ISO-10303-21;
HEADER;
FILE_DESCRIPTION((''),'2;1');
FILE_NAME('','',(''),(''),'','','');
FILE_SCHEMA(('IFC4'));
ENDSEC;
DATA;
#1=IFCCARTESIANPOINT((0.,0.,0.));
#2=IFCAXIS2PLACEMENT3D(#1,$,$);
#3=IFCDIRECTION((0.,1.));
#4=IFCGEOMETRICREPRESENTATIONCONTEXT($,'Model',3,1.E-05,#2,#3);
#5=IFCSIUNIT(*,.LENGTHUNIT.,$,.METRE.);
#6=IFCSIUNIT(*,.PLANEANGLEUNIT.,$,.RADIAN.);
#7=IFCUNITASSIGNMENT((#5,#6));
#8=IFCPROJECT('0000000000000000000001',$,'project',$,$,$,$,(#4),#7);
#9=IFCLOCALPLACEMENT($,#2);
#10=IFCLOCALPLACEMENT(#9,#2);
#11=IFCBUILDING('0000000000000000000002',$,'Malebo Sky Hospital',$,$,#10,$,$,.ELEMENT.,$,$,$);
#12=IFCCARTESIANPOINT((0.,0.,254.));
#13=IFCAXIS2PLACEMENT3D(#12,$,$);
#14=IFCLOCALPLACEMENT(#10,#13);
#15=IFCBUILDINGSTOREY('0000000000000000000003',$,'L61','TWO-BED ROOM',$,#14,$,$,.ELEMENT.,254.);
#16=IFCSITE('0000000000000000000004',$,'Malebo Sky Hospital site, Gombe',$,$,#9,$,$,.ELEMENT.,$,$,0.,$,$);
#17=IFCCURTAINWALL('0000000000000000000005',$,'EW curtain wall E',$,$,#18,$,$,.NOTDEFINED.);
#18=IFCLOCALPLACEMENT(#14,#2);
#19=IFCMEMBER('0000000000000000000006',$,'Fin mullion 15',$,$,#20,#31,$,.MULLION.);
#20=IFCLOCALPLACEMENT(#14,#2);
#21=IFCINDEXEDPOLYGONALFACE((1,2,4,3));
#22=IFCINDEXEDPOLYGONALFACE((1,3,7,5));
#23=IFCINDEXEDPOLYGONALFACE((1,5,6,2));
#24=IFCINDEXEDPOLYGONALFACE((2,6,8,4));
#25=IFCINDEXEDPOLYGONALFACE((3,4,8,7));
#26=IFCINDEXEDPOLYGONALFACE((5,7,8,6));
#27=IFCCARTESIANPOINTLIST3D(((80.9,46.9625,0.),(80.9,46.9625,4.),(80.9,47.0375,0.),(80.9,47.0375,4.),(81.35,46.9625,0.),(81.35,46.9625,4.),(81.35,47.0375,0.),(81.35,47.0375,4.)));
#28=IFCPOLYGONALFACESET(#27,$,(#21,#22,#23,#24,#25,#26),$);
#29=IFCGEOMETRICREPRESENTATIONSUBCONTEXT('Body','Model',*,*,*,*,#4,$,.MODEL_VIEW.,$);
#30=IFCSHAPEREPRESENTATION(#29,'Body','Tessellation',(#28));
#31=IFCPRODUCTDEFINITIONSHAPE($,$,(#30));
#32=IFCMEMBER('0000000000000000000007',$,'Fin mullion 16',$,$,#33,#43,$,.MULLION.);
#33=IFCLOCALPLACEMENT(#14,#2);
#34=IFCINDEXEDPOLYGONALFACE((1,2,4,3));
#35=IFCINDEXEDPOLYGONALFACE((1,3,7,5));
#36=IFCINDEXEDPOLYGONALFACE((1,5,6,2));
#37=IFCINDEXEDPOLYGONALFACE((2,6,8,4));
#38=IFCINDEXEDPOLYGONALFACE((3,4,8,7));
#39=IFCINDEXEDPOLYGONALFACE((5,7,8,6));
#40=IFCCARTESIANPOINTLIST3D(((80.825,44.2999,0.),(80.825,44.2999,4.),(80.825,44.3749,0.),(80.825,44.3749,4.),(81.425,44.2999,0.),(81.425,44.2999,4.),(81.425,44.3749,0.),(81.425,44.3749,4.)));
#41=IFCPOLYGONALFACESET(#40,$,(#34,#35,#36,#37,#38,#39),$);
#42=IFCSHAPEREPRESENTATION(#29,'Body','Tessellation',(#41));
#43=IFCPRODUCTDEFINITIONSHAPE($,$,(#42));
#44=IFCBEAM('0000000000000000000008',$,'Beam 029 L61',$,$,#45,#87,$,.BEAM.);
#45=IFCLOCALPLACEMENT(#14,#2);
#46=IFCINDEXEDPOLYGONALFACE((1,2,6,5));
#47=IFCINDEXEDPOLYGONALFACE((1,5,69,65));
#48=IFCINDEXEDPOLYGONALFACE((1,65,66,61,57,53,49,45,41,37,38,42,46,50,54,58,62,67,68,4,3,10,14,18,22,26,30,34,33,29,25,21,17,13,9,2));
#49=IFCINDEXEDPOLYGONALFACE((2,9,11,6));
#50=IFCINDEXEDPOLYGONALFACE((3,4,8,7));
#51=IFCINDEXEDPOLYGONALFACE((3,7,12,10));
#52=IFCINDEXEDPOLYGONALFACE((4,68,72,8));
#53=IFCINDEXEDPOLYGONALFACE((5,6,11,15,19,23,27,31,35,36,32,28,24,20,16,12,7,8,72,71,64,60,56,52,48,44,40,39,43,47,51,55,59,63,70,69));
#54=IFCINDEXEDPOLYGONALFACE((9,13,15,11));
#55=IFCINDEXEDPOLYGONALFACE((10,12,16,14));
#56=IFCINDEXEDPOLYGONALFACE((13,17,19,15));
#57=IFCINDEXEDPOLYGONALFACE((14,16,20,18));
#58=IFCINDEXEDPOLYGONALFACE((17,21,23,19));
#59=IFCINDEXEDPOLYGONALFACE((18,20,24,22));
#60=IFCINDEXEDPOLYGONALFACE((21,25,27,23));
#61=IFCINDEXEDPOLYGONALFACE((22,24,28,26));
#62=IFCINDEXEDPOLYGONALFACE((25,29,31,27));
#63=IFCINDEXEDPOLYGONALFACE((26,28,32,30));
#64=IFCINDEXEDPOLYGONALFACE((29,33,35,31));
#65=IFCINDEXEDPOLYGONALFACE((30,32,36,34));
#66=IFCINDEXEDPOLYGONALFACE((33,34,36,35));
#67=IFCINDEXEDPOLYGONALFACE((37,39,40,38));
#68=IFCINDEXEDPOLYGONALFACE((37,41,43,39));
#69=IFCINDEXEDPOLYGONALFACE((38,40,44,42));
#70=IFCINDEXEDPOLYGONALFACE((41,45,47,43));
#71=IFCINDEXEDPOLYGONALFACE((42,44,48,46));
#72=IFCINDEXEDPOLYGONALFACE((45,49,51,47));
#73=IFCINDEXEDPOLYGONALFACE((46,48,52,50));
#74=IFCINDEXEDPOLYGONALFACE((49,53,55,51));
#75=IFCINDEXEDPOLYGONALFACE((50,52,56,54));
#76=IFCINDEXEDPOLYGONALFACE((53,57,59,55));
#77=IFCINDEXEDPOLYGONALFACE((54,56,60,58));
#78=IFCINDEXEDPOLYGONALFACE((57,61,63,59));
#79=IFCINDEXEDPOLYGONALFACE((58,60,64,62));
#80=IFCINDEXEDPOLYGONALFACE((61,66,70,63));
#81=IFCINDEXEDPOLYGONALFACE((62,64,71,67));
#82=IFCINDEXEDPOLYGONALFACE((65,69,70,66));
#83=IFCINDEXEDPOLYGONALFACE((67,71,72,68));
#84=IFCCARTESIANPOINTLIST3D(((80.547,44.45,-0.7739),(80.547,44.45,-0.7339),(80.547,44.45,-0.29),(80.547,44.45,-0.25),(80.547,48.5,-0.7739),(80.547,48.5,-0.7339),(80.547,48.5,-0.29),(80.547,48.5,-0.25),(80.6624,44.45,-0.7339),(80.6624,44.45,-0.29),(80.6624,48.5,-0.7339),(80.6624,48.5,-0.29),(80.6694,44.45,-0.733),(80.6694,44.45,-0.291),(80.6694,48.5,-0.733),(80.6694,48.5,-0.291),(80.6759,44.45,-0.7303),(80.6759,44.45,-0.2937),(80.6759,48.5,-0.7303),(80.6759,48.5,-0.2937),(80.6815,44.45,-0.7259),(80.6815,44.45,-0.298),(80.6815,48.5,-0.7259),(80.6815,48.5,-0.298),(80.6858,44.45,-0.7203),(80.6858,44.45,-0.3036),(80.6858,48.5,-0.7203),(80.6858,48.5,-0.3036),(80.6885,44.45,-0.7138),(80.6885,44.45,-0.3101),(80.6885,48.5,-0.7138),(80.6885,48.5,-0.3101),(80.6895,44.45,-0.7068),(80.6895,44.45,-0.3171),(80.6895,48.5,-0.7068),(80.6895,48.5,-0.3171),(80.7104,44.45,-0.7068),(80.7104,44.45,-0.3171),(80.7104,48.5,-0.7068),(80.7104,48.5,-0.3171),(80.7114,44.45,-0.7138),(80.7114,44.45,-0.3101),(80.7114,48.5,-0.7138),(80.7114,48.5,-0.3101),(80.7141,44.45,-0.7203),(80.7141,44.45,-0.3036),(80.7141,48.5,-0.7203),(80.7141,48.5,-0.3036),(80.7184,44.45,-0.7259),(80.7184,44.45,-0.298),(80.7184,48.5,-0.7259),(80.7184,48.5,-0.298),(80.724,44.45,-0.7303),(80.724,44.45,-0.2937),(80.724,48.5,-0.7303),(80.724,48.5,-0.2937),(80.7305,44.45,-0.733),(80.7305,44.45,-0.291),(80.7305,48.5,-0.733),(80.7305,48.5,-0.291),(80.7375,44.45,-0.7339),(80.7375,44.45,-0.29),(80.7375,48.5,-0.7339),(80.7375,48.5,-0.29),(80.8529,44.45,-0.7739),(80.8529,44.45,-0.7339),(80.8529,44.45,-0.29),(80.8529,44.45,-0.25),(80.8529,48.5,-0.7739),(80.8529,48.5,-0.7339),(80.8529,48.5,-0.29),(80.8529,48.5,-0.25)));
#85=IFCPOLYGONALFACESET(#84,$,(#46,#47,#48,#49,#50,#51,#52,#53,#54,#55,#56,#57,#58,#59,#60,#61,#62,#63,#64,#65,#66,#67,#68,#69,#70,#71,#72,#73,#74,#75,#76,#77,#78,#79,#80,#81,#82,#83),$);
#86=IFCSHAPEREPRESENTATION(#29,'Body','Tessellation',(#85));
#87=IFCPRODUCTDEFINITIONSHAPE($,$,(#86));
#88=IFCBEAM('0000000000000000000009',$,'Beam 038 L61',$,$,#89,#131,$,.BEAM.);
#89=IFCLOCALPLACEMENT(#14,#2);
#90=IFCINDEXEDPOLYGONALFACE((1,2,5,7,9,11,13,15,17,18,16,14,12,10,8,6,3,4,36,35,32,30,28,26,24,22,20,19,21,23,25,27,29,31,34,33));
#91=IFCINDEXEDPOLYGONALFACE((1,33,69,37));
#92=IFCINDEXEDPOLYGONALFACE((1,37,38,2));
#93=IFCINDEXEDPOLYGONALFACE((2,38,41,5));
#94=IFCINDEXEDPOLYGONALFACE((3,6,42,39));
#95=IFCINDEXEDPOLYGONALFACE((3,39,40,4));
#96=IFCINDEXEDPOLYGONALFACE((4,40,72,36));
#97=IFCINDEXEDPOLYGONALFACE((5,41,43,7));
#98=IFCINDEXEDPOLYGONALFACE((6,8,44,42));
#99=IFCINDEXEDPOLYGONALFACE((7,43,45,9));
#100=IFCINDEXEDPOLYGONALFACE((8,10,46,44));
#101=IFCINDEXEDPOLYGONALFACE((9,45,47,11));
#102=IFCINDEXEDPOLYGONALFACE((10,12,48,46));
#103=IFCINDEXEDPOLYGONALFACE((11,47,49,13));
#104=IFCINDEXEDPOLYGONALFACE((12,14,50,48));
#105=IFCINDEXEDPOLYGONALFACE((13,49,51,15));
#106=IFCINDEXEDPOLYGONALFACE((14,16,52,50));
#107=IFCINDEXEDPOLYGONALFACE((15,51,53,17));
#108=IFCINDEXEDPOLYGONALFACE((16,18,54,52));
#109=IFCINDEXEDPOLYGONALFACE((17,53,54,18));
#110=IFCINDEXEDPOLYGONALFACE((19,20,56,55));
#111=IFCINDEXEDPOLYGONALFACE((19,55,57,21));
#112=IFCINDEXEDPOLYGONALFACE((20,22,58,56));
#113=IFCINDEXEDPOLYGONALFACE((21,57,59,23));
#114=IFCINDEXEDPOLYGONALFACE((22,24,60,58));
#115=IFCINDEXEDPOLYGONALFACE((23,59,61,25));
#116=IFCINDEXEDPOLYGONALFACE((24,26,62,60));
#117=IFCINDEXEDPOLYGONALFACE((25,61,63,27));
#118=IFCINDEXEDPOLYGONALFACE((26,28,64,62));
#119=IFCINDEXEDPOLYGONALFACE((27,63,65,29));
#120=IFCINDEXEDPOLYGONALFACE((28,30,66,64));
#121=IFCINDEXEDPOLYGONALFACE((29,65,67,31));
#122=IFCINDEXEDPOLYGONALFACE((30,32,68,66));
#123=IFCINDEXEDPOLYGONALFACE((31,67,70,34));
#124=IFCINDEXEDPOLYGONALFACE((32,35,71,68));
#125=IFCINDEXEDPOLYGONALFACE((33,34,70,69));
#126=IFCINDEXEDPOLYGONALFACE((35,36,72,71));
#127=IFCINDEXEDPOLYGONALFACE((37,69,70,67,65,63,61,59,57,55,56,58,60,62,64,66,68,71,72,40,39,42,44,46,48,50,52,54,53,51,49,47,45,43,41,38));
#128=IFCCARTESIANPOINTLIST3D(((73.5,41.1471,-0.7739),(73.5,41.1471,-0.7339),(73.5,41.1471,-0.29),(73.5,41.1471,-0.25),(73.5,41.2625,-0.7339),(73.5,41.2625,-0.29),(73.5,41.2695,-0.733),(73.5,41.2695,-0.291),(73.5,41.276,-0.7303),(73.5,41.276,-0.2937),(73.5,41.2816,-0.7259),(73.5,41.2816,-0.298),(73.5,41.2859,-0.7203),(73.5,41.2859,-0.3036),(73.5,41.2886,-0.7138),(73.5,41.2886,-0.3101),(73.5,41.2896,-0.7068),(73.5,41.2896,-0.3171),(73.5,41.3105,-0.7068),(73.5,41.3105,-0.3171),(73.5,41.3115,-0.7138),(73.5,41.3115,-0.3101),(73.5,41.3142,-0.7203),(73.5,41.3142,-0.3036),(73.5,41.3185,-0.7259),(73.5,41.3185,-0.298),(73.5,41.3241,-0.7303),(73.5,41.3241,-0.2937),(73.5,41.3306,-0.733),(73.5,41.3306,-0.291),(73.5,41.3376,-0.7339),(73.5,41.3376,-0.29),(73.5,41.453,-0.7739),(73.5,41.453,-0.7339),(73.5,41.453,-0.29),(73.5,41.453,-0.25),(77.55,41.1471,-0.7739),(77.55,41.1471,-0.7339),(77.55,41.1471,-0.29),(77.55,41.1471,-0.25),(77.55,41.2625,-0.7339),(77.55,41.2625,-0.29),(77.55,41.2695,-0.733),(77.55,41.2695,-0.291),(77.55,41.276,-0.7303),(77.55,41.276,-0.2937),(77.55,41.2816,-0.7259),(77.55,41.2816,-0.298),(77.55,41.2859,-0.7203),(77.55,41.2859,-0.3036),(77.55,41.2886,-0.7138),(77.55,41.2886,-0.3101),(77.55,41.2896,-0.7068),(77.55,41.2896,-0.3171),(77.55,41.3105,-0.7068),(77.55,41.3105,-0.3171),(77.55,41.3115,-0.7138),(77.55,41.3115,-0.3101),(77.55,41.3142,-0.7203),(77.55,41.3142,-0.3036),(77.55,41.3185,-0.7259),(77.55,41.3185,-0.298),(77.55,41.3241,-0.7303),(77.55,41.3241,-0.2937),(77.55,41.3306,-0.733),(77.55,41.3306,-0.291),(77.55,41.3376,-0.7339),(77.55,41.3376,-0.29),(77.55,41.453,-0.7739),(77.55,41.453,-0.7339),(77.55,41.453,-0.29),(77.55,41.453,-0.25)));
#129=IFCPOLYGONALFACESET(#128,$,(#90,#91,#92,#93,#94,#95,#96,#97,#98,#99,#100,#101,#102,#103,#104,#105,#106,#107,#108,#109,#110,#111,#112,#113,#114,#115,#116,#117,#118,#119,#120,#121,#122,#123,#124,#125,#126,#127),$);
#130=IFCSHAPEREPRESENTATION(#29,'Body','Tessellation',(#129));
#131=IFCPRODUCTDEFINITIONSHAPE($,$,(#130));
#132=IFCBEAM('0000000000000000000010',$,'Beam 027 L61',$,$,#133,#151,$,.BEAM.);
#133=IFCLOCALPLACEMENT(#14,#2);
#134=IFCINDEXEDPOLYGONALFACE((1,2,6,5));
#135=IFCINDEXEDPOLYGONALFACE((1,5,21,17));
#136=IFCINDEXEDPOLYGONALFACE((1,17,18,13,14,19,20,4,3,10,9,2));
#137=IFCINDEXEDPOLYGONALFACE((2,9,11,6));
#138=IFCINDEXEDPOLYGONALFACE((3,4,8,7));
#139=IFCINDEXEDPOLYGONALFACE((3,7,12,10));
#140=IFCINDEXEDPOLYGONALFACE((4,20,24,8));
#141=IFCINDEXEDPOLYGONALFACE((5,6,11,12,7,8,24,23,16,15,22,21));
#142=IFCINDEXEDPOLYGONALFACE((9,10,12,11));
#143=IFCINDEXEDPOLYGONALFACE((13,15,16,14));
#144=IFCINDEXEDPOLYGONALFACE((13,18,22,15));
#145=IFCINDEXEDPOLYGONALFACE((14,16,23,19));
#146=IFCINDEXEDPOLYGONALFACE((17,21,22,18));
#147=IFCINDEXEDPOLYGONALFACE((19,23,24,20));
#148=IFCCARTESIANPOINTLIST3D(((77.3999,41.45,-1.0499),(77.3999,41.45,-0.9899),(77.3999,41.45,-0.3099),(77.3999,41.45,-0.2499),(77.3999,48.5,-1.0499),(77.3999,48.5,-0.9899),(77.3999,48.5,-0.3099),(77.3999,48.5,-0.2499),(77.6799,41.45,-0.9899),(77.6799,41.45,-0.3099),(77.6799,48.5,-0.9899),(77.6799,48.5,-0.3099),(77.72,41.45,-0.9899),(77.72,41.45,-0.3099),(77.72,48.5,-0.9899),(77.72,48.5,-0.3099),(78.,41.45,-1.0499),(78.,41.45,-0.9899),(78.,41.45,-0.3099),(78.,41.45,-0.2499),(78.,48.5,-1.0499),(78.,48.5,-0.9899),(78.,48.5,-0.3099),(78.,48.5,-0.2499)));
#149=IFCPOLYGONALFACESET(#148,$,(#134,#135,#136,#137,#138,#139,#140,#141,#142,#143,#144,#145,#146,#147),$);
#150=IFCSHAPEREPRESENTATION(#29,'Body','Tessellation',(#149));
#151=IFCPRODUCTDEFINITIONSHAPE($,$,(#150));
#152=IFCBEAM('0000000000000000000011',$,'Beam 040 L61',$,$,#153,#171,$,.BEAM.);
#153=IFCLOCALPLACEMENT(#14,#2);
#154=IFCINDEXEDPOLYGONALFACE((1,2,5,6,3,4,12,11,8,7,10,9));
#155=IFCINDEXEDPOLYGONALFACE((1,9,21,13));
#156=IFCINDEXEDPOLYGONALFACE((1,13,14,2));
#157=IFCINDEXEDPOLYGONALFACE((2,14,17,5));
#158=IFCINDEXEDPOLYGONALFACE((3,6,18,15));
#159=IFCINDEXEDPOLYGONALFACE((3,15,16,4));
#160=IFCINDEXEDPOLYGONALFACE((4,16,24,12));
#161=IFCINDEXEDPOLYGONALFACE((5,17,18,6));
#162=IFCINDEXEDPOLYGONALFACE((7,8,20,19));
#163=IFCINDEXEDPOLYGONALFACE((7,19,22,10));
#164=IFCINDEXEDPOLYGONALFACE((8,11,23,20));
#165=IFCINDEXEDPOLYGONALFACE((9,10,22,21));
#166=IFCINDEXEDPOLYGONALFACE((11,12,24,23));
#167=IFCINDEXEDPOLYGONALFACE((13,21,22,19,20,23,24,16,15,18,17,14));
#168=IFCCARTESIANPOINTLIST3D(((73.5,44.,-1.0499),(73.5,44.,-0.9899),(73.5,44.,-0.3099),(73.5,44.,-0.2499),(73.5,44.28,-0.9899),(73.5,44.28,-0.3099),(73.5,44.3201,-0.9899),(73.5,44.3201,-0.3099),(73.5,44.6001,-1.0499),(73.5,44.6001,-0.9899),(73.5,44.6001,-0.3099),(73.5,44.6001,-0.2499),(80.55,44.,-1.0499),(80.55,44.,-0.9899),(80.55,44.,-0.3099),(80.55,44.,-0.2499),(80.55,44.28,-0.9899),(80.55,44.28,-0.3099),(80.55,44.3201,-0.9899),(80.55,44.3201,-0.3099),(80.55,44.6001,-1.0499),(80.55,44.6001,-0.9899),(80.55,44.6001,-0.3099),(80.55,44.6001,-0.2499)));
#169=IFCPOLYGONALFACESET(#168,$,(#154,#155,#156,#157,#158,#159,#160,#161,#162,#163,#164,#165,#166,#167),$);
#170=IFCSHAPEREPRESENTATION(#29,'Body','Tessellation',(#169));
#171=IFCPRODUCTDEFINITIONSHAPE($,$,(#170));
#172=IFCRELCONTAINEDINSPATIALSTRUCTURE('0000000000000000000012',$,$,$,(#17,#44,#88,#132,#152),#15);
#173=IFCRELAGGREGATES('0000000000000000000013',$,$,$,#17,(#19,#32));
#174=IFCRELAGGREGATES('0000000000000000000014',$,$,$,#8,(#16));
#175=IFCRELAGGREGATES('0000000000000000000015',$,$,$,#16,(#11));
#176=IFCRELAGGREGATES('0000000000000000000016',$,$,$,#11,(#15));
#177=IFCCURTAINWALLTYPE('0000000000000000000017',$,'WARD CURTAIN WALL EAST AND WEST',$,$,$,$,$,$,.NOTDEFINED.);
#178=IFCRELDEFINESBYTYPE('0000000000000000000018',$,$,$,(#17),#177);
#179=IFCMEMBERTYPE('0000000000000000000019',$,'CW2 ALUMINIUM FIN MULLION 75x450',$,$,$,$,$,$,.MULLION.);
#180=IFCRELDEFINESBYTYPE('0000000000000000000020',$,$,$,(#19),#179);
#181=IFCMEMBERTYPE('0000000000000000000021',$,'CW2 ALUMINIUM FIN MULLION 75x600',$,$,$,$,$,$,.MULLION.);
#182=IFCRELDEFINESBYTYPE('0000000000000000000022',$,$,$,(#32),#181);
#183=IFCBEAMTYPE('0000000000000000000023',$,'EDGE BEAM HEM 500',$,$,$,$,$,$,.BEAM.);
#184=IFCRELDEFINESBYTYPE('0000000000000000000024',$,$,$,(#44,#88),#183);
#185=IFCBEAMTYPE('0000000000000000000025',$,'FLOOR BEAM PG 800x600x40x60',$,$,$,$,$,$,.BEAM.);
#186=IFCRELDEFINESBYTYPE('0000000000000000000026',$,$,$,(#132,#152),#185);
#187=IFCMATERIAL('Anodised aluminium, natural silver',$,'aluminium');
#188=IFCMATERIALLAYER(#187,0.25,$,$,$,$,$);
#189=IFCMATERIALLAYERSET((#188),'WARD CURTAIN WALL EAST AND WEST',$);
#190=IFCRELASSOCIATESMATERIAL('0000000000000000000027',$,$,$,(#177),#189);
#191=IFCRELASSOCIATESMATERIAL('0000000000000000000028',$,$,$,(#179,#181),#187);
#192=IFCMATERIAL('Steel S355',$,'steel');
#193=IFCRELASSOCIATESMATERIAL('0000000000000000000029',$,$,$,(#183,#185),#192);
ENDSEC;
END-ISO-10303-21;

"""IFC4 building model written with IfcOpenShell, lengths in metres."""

from ifc_helpers import new_model, si_unit, direction, frame, origin, origin_2d, place, context, subcontext, project, spatial, rectangle, i_section, extrude, material, layer, layer_set, material_profile, profile_set, type_object, element, aggregate, save


model = new_model("IFC4")

# Units and contexts
model_context = context("Model", 3, precision=1e-05, world=origin(), true_north=direction((0.0, 1.0)))
body_context = subcontext(model_context, "Body", "Model", "MODEL_VIEW")
ifc_project = project(units=[si_unit("LENGTHUNIT", "METRE"), si_unit("PLANEANGLEUNIT", "RADIAN")], contexts=[model_context])

# Site, building, storey
site_placement = place(None, origin())
site = spatial("IfcSite", under=ifc_project, at=site_placement, Name="Malebo Sky Hospital site, Gombe", CompositionType="ELEMENT", RefElevation=0.0)
building_placement = place(site_placement, origin())
building = spatial("IfcBuilding", under=site, at=building_placement, Name="Malebo Sky Hospital", CompositionType="ELEMENT")
storey_placement = place(building_placement, frame((0.0, 0.0, 254.0)))
storey = spatial("IfcBuildingStorey", under=building, at=storey_placement, Name="L61", Description="TWO-BED ROOM", CompositionType="ELEMENT", Elevation=254.0)

# Shared definitions
ifc_material_1 = material(Name="Anodised aluminium, natural silver", Category="aluminium")

# Curtain wall
ifc_layer_1 = layer(ifc_material_1, 0.25)
ifc_layer_set_1 = layer_set([ifc_layer_1], Name="WARD CURTAIN WALL EAST AND WEST")
curtain_wall_type_1 = type_object("IfcCurtainWallType", Name="WARD CURTAIN WALL EAST AND WEST", PredefinedType="NOTDEFINED", material=ifc_layer_set_1)
curtain_wall_1_placement = place(storey_placement, origin())
curtain_wall_1 = element("IfcCurtainWall", 1, at=curtain_wall_1_placement, inside=storey, type_object=curtain_wall_type_1, Name="EW curtain wall E", PredefinedType="NOTDEFINED")

# Shared definitions
ifc_material_2 = material(Name="Steel S355", Category="steel")

# Members
ifc_material_profile_1 = material_profile(ifc_material_1, rectangle(XDim=0.075, YDim=0.45, at=origin_2d()), Name="CW2 ALUMINIUM FIN MULLION 75x450")
ifc_profile_set_1 = profile_set([ifc_material_profile_1], Name="Anodised aluminium, natural silver")
member_type_1 = type_object("IfcMemberType", Name="CW2 ALUMINIUM FIN MULLION 75x450", PredefinedType="MULLION", material=ifc_profile_set_1)
member_1_placement = place(storey_placement, frame((81.125, 47.0, 0.0), z_axis=(0.0, 0.0, 1.0), x_axis=(0.0, -1.0, 0.0)))
member_1 = element("IfcMember", 2, at=member_1_placement, type_object=member_type_1, Name="Fin mullion 15", PredefinedType="MULLION", context=body_context, shape_type="SweptSolid", body=[
    extrude(rectangle(XDim=0.075, YDim=0.45, at=origin_2d()), origin(), (0.0, 0.0, 1.0), 4.0),
])
ifc_material_profile_2 = material_profile(ifc_material_1, rectangle(XDim=0.075, YDim=0.6001, at=origin_2d()), Name="CW2 ALUMINIUM FIN MULLION 75x600")
ifc_profile_set_2 = profile_set([ifc_material_profile_2], Name="Anodised aluminium, natural silver")
member_type_2 = type_object("IfcMemberType", Name="CW2 ALUMINIUM FIN MULLION 75x600", PredefinedType="MULLION", material=ifc_profile_set_2)
member_2_placement = place(storey_placement, frame((81.125, 44.3374, 0.0), z_axis=(0.0, 0.0, 1.0), x_axis=(0.0, -1.0, 0.0)))
member_2 = element("IfcMember", 3, at=member_2_placement, type_object=member_type_2, Name="Fin mullion 16", PredefinedType="MULLION", context=body_context, shape_type="SweptSolid", body=[
    extrude(rectangle(XDim=0.075, YDim=0.6001, at=origin_2d()), origin(), (0.0, 0.0, 1.0), 4.0),
])

# Beams
ifc_material_profile_3 = material_profile(ifc_material_2, i_section(OverallWidth=0.3059, OverallDepth=0.5239, WebThickness=0.021, FlangeThickness=0.04, FilletRadius=0.0271, at=origin_2d()), Name="HEM 500")
ifc_profile_set_3 = profile_set([ifc_material_profile_3], Name="Steel S355")
beam_type_1 = type_object("IfcBeamType", Name="EDGE BEAM HEM 500", PredefinedType="BEAM", material=ifc_profile_set_3)
for number, where, z_axis, x_axis, name in (
    (4, (80.7, 44.45, -0.512), (0.0, 1.0, 0.0), (-1.0, 0.0, 0.0), "Beam 029 L61"),
    (5, (73.5, 41.3, -0.512), (1.0, 0.0, 0.0), (0.0, 1.0, 0.0), "Beam 038 L61"),
):
    element("IfcBeam", number, at=place(storey_placement, frame(where, z_axis=z_axis, x_axis=x_axis)), inside=storey, type_object=beam_type_1, Name=name, PredefinedType="BEAM", context=body_context, shape_type="SweptSolid", body=[
        extrude(i_section(OverallWidth=0.3059, OverallDepth=0.5239, WebThickness=0.021, FlangeThickness=0.04, FilletRadius=0.0271, at=origin_2d()), origin(), (0.0, 0.0, 1.0), 4.05),
    ])
ifc_material_profile_4 = material_profile(ifc_material_2, i_section(OverallWidth=0.6001, OverallDepth=0.8, WebThickness=0.04, FlangeThickness=0.0601, at=origin_2d()), Name="PG 800x600x40x60")
ifc_profile_set_4 = profile_set([ifc_material_profile_4], Name="Steel S355")
beam_type_2 = type_object("IfcBeamType", Name="FLOOR BEAM PG 800x600x40x60", PredefinedType="BEAM", material=ifc_profile_set_4)
for number, where, z_axis, x_axis, name in (
    (6, (77.7, 41.45, -0.6499), (0.0, 1.0, 0.0), (-1.0, 0.0, 0.0), "Beam 027 L61"),
    (7, (73.5, 44.3, -0.6499), (1.0, 0.0, 0.0), (0.0, 1.0, 0.0), "Beam 040 L61"),
):
    element("IfcBeam", number, at=place(storey_placement, frame(where, z_axis=z_axis, x_axis=x_axis)), inside=storey, type_object=beam_type_2, Name=name, PredefinedType="BEAM", context=body_context, shape_type="SweptSolid", body=[
        extrude(i_section(OverallWidth=0.6001, OverallDepth=0.8, WebThickness=0.04, FlangeThickness=0.0601, at=origin_2d()), origin(), (0.0, 0.0, 1.0), 7.05),
    ])

aggregate(curtain_wall_1, [member_1, member_2])

save(model, "model.ifc")
